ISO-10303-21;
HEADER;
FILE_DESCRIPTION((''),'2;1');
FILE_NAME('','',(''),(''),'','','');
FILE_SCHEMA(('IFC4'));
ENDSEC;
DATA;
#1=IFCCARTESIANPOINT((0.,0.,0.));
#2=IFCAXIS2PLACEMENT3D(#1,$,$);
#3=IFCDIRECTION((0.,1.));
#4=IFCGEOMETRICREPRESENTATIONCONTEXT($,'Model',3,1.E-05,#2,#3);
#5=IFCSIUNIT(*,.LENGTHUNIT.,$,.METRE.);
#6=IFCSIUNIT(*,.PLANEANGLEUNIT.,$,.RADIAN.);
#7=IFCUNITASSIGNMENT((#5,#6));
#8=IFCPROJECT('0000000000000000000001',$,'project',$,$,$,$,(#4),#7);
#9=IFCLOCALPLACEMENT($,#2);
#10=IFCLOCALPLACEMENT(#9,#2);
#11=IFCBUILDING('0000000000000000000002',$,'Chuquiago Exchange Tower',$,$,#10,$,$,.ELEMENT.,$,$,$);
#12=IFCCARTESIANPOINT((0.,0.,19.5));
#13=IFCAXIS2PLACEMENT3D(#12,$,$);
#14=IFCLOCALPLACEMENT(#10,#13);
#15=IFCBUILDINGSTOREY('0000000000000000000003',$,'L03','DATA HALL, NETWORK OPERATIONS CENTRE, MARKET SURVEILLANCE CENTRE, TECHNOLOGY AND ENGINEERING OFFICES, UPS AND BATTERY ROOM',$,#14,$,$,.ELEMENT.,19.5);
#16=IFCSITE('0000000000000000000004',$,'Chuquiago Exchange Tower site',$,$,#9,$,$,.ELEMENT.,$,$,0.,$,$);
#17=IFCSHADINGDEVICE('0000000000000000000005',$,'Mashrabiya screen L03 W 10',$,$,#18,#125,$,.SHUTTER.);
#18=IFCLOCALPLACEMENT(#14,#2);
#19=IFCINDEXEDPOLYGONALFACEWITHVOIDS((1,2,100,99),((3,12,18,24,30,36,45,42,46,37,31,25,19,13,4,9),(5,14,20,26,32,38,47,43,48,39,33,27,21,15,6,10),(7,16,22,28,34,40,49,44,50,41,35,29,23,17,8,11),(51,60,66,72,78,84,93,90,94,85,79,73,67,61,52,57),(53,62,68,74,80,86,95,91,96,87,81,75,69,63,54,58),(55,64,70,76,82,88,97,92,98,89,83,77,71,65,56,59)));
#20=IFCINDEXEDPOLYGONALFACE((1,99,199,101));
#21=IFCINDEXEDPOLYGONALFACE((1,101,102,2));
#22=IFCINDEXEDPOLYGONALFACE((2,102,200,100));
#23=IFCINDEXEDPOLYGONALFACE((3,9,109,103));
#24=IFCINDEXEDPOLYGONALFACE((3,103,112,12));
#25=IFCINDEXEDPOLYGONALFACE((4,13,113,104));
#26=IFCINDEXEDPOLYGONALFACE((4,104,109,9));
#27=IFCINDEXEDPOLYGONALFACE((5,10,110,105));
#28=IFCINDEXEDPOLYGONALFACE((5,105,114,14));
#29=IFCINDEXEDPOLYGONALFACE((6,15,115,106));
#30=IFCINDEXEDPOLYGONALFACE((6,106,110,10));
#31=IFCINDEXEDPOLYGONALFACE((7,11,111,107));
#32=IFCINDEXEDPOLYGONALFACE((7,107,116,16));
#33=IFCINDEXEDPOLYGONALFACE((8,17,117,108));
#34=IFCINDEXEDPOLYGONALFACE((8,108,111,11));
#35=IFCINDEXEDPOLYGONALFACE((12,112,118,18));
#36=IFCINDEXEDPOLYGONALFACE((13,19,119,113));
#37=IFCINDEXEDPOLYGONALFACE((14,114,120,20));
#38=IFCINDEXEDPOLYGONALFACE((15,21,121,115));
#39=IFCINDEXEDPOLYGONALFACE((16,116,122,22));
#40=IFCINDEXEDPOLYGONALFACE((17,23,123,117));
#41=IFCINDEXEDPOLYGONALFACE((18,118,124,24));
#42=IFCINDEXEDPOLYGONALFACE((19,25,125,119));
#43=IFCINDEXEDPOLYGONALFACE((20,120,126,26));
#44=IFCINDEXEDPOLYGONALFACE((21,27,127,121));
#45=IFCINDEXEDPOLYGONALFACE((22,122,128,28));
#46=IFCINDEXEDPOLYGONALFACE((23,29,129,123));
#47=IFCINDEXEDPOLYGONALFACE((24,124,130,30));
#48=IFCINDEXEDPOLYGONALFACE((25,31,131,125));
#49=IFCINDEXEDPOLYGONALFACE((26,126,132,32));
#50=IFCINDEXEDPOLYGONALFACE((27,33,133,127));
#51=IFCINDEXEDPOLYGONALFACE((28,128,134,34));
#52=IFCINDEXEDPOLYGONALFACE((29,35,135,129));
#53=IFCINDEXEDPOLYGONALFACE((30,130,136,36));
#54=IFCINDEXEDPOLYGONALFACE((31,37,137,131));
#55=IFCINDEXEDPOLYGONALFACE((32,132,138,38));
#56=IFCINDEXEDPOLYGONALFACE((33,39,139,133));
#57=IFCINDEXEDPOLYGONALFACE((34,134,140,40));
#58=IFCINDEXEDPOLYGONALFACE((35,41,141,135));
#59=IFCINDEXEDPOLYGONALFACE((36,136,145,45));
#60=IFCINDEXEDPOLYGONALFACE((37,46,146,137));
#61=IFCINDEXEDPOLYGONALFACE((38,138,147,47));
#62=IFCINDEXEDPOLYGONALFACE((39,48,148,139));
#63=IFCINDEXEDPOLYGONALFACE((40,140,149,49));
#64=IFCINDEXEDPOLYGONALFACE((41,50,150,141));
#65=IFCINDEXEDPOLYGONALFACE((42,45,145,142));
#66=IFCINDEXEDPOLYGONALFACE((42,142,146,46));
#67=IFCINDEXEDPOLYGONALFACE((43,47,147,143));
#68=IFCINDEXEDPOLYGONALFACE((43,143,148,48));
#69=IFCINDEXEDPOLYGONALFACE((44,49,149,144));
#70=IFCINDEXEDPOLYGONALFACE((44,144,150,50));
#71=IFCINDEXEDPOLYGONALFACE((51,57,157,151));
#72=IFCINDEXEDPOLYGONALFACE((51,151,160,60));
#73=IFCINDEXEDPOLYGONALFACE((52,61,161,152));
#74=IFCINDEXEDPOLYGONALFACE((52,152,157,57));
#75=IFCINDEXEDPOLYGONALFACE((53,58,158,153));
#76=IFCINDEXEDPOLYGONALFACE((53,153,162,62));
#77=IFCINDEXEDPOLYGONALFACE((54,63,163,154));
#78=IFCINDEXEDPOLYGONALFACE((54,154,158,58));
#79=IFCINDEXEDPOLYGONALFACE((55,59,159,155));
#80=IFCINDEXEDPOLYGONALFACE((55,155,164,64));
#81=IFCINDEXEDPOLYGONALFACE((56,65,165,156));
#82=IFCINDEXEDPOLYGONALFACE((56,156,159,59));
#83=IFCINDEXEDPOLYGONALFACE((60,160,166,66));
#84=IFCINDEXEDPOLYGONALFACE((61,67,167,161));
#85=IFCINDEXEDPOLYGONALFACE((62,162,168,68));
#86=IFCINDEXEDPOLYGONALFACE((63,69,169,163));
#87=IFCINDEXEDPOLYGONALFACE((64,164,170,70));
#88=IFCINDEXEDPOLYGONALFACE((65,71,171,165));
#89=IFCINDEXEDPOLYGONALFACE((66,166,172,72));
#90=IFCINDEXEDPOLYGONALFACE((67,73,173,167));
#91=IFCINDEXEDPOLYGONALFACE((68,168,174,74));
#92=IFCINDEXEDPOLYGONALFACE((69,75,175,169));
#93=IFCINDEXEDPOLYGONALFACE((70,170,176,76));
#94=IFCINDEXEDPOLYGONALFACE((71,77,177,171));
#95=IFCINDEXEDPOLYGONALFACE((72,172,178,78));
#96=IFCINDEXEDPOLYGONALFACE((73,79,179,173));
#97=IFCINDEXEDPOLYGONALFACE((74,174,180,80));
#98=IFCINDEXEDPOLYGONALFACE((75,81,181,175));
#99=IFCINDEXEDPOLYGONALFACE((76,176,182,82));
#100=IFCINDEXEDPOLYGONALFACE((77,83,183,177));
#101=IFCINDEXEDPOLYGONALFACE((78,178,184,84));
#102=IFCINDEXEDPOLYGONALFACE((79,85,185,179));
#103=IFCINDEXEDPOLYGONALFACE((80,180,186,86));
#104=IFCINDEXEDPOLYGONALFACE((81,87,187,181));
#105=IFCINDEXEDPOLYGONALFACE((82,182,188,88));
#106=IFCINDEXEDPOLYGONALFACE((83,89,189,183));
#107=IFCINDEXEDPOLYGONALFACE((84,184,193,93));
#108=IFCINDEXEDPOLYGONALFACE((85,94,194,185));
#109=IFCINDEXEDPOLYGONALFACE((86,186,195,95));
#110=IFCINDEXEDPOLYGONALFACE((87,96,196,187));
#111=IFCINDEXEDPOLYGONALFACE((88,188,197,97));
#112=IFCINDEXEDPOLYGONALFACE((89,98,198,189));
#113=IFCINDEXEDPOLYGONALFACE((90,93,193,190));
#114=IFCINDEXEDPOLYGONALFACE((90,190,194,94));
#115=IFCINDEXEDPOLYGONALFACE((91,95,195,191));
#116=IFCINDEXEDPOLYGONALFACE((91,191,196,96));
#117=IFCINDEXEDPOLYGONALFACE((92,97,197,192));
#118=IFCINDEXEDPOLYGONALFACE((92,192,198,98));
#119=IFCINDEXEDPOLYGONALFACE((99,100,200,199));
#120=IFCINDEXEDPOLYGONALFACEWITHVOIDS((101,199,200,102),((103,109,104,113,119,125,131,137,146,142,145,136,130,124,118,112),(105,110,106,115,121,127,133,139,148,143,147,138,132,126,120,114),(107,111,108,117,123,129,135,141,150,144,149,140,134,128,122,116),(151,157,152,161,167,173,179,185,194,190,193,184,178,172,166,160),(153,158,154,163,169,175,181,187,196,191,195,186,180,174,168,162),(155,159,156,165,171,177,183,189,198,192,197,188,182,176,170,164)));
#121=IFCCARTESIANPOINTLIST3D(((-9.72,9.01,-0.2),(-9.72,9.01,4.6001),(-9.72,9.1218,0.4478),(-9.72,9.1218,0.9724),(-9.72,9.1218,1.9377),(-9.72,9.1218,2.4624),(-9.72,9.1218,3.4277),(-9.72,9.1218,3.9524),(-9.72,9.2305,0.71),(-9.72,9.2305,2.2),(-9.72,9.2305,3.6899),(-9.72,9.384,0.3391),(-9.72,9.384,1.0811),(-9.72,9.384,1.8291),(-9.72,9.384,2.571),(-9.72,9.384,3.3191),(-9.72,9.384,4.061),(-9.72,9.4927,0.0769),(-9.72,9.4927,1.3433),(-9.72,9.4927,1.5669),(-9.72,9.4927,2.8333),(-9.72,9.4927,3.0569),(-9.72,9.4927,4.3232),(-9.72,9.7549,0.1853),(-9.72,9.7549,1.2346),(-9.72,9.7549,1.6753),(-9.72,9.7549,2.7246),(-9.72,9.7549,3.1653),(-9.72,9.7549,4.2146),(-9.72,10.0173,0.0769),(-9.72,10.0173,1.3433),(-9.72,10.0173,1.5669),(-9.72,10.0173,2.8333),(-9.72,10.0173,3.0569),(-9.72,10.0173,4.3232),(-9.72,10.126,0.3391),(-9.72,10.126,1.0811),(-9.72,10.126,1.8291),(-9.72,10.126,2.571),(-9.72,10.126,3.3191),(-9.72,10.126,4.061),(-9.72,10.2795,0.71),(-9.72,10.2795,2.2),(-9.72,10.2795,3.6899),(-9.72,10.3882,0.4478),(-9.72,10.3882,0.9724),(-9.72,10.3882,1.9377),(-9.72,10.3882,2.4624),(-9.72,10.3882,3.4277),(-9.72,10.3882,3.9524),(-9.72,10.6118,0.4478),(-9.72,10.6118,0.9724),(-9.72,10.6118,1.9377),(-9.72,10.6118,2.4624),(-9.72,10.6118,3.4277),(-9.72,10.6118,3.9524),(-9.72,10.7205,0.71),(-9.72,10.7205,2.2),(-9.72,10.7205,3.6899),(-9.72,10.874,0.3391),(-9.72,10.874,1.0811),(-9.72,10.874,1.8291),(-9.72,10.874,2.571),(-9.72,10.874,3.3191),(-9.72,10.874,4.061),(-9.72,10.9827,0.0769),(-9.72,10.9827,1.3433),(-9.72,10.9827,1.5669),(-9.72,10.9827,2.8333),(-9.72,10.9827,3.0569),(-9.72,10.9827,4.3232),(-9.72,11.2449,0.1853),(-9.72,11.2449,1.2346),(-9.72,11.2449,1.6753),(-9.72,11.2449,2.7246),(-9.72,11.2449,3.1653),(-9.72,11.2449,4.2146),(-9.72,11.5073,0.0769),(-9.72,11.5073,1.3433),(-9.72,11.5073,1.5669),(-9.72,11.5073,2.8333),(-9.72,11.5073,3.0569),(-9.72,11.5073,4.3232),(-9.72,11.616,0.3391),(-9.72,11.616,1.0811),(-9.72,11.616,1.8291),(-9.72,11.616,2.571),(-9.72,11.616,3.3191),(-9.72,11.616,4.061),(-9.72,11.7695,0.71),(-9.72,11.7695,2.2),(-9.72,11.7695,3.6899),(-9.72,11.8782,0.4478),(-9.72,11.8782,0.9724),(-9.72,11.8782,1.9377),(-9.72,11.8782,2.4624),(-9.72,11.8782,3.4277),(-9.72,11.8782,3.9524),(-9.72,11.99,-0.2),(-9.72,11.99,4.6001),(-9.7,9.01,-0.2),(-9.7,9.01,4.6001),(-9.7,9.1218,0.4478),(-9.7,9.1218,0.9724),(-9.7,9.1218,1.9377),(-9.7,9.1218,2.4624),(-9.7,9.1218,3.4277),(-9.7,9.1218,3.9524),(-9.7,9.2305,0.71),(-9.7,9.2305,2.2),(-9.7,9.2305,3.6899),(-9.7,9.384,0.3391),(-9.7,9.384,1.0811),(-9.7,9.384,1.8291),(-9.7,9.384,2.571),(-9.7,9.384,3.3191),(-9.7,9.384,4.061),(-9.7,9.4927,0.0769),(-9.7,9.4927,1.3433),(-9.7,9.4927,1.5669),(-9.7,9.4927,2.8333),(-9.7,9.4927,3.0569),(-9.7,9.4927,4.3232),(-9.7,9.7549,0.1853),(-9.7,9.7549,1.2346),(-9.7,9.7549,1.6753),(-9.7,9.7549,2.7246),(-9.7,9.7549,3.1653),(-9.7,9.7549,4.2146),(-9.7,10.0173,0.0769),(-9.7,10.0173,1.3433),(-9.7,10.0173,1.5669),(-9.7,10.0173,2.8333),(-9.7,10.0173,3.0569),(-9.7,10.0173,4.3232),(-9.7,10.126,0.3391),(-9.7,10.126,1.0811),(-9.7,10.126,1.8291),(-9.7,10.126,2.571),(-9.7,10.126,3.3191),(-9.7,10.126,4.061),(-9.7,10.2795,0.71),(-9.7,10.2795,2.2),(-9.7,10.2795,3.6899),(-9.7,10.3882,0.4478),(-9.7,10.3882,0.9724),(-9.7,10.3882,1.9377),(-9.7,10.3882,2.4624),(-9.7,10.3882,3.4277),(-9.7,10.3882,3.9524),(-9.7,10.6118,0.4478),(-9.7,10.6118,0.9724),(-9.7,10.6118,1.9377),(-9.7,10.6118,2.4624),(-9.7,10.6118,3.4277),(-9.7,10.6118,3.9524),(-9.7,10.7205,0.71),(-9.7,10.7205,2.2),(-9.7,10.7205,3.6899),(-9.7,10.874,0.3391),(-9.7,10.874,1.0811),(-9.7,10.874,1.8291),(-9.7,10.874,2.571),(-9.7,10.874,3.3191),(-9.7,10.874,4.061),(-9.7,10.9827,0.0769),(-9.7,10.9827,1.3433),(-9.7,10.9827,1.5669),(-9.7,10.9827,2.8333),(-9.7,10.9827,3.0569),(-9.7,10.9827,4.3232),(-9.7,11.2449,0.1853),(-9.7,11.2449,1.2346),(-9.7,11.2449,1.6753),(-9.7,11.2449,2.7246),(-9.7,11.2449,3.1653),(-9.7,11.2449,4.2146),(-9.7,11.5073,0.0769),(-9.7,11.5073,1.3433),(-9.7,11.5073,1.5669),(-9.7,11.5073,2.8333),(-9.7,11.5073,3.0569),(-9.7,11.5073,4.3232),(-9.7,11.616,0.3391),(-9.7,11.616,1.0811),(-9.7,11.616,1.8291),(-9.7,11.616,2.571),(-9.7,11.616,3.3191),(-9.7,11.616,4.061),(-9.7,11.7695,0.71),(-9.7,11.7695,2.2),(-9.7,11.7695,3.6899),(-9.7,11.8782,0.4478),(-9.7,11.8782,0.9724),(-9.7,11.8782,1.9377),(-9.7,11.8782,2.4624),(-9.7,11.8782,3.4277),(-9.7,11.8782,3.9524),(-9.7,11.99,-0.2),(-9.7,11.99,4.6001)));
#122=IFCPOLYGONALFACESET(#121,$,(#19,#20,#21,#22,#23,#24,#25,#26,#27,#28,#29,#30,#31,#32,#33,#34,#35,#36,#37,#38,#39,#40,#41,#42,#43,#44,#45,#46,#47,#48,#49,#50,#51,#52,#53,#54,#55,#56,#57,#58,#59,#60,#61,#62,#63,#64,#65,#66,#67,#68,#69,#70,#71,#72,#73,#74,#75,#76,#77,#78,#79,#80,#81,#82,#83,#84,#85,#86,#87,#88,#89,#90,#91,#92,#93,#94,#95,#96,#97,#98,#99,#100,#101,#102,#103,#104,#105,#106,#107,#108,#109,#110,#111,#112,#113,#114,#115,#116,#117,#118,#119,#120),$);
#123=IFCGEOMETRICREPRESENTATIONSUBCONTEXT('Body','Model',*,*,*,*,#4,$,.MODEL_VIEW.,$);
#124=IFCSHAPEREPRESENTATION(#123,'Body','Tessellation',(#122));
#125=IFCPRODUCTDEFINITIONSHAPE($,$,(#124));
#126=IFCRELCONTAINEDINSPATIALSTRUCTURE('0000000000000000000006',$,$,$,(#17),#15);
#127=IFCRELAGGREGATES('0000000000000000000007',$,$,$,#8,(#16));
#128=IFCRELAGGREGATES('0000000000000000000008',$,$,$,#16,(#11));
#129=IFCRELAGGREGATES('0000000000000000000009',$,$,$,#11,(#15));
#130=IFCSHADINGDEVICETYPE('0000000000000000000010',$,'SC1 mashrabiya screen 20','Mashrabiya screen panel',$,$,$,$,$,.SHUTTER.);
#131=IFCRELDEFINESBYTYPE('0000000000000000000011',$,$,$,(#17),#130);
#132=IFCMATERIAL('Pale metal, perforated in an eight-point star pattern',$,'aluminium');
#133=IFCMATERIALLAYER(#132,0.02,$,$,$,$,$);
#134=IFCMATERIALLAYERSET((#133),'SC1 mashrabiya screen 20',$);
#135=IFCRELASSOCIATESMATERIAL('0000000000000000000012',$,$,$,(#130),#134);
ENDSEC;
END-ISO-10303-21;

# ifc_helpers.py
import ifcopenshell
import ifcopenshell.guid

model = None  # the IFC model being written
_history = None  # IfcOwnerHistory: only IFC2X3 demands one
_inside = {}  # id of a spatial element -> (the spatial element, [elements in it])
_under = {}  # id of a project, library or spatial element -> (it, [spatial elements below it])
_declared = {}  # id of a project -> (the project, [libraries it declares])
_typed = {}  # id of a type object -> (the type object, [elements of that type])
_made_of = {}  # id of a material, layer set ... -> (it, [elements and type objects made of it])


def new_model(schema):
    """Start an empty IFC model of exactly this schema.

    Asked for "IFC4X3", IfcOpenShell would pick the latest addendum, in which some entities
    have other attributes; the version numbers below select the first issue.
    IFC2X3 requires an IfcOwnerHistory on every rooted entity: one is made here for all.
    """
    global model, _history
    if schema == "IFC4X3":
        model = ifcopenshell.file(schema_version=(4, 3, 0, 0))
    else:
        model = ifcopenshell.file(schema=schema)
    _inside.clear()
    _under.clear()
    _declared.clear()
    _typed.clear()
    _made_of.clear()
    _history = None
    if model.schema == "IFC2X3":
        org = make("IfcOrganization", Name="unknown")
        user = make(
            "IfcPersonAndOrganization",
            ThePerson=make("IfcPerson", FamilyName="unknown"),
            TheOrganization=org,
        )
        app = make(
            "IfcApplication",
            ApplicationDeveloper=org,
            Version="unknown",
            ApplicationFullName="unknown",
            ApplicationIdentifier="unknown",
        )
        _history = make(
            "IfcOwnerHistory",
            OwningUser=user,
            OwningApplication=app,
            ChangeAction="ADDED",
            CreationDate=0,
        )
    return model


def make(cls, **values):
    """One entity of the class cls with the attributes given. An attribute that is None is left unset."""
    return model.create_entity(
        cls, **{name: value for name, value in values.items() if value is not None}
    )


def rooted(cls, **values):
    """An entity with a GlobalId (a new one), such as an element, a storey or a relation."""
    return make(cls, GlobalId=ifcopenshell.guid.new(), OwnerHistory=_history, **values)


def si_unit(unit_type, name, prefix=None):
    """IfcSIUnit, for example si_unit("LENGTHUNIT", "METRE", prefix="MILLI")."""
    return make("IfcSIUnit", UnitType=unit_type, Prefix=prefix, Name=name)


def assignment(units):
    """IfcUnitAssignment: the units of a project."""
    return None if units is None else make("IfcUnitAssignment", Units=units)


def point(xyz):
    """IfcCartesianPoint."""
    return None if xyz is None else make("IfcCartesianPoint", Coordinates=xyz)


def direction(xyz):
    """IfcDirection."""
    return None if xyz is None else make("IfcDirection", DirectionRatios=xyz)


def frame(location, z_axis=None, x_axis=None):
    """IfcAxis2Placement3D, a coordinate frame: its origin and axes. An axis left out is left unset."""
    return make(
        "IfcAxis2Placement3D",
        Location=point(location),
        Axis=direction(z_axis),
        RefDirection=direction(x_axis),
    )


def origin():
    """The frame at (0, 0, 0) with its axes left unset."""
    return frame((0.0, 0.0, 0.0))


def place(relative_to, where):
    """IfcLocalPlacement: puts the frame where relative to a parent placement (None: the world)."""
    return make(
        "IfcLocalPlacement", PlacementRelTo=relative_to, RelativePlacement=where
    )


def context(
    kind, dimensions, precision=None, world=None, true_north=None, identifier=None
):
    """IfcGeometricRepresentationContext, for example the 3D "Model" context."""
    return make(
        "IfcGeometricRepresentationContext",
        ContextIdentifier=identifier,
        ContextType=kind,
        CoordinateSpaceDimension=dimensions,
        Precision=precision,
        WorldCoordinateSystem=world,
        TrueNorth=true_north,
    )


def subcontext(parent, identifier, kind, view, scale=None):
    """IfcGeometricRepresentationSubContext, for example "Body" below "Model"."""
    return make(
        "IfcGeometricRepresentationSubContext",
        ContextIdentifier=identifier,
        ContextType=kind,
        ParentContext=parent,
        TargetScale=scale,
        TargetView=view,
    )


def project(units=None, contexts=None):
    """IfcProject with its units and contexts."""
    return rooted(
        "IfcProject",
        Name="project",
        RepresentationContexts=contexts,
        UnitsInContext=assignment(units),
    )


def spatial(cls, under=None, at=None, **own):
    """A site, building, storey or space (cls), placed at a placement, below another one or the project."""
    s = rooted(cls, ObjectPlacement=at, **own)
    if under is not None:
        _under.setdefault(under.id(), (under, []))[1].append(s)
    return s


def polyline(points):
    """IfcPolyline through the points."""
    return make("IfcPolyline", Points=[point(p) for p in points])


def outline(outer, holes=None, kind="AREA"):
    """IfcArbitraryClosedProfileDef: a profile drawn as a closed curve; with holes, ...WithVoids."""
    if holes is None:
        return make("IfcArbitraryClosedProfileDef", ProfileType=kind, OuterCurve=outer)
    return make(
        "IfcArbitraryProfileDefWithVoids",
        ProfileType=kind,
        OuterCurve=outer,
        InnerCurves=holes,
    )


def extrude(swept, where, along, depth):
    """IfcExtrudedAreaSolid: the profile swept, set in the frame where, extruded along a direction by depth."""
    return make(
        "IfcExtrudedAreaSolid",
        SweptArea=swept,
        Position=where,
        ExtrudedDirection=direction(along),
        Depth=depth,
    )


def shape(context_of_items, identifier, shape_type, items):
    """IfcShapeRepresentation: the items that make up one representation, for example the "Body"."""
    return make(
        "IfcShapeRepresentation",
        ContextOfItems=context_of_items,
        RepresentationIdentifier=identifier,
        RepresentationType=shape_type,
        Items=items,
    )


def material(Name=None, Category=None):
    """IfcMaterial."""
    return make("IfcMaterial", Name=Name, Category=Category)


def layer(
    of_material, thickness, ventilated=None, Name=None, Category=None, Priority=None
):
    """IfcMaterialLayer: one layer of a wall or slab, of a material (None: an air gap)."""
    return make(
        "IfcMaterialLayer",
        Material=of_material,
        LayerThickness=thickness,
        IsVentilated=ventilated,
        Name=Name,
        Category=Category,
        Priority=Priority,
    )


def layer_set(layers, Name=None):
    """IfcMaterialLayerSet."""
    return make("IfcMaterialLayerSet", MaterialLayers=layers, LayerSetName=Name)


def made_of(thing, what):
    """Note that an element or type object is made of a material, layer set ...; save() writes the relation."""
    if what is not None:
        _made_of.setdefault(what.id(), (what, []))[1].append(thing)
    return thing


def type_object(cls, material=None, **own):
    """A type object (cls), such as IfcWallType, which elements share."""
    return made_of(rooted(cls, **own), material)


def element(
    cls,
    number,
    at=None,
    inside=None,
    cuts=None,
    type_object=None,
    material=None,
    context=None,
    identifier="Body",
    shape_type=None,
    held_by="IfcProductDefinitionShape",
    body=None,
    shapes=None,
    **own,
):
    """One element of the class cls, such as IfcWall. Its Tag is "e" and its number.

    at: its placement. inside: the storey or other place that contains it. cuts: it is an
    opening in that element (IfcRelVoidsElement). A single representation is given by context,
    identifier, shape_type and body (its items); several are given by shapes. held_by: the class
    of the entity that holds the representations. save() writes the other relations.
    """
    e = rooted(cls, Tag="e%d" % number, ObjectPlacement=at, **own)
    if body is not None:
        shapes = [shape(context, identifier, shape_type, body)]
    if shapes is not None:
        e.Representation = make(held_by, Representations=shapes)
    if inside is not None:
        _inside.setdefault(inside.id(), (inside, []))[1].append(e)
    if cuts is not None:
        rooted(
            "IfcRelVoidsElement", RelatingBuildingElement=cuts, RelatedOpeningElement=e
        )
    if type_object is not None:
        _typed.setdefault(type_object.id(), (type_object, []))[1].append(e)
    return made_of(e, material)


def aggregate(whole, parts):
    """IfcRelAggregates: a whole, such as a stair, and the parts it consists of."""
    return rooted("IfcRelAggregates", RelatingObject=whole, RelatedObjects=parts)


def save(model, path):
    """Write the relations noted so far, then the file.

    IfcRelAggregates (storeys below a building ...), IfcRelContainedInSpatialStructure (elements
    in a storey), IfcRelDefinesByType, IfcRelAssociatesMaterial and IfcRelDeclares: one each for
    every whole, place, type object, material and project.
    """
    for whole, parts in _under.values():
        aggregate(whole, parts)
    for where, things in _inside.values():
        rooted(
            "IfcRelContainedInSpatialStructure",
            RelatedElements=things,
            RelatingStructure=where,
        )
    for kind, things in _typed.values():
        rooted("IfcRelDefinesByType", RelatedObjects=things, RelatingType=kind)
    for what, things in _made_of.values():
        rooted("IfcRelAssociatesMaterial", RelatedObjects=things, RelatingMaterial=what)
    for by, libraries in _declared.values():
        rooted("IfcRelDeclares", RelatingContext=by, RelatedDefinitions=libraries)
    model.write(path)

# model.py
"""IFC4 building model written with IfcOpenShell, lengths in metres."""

from ifc_helpers import new_model, si_unit, direction, frame, origin, place, context, subcontext, project, spatial, polyline, outline, extrude, material, layer, layer_set, type_object, element, save


model = new_model("IFC4")

# Units and contexts
model_context = context("Model", 3, precision=1e-05, world=origin(), true_north=direction((0.0, 1.0)))
body_context = subcontext(model_context, "Body", "Model", "MODEL_VIEW")
ifc_project = project(units=[si_unit("LENGTHUNIT", "METRE"), si_unit("PLANEANGLEUNIT", "RADIAN")], contexts=[model_context])

# Site, building, storey
site_placement = place(None, origin())
site = spatial("IfcSite", under=ifc_project, at=site_placement, Name="Chuquiago Exchange Tower site", CompositionType="ELEMENT", RefElevation=0.0)
building_placement = place(site_placement, origin())
building = spatial("IfcBuilding", under=site, at=building_placement, Name="Chuquiago Exchange Tower", CompositionType="ELEMENT")
storey_placement = place(building_placement, frame((0.0, 0.0, 19.5)))
storey = spatial("IfcBuildingStorey", under=building, at=storey_placement, Name="L03", Description="DATA HALL, NETWORK OPERATIONS CENTRE, MARKET SURVEILLANCE CENTRE, TECHNOLOGY AND ENGINEERING OFFICES, UPS AND BATTERY ROOM", CompositionType="ELEMENT", Elevation=19.5)

# Shading device
ifc_material_1 = material(Name="Pale metal, perforated in an eight-point star pattern", Category="aluminium")
ifc_layer_1 = layer(ifc_material_1, 0.02)
ifc_layer_set_1 = layer_set([ifc_layer_1], Name="SC1 mashrabiya screen 20")
shading_device_type = type_object("IfcShadingDeviceType", Name="SC1 mashrabiya screen 20", Description="Mashrabiya screen panel", PredefinedType="SHUTTER", material=ifc_layer_set_1)
shading_device_1_placement = place(storey_placement, frame((-9.7, 11.99, -0.2), z_axis=(0.0, 0.0, 1.0), x_axis=(0.0, -1.0, 0.0)))
element("IfcShadingDevice", 1, at=shading_device_1_placement, inside=storey, type_object=shading_device_type, Name="Mashrabiya screen L03 W 10", PredefinedType="SHUTTER", context=body_context, shape_type="SweptSolid", body=[
    extrude(outline(polyline([(0.0, 0.0), (2.98, 0.0), (2.98, 4.8), (0.0, 4.8), (0.0, 0.0)]), holes=[polyline([(1.2695, 0.9099), (1.3782, 1.1724), (1.116, 1.281), (1.0073, 1.5432), (0.7451, 1.4346), (0.4827, 1.5432), (0.374, 1.281), (0.1118, 1.1724), (0.2205, 0.9099), (0.1118, 0.6477), (0.374, 0.5391), (0.4827, 0.2769), (0.7451, 0.3853), (1.0073, 0.2769), (1.116, 0.5391), (1.3782, 0.6477), (1.2695, 0.9099)]), polyline([(2.7595, 0.9099), (2.8682, 1.1724), (2.606, 1.281), (2.4973, 1.5432), (2.2351, 1.4346), (1.9727, 1.5432), (1.864, 1.281), (1.6018, 1.1724), (1.7104, 0.9099), (1.6018, 0.6477), (1.864, 0.5391), (1.9727, 0.2769), (2.2351, 0.3853), (2.4973, 0.2769), (2.606, 0.5391), (2.8682, 0.6477), (2.7595, 0.9099)]), polyline([(1.2695, 2.3999), (1.3782, 2.6624), (1.116, 2.771), (1.0073, 3.0332), (0.7451, 2.9246), (0.4827, 3.0332), (0.374, 2.771), (0.1118, 2.6624), (0.2205, 2.3999), (0.1118, 2.1377), (0.374, 2.0291), (0.4827, 1.7668), (0.7451, 1.8752), (1.0073, 1.7668), (1.116, 2.0291), (1.3782, 2.1377), (1.2695, 2.3999)]), polyline([(2.7595, 2.3999), (2.8682, 2.6624), (2.606, 2.771), (2.4973, 3.0332), (2.2351, 2.9246), (1.9727, 3.0332), (1.864, 2.771), (1.6018, 2.6624), (1.7104, 2.3999), (1.6018, 2.1377), (1.864, 2.0291), (1.9727, 1.7668), (2.2351, 1.8752), (2.4973, 1.7668), (2.606, 2.0291), (2.8682, 2.1377), (2.7595, 2.3999)]), polyline([(1.2695, 3.8899), (1.3782, 4.1523), (1.116, 4.261), (1.0073, 4.5232), (0.7451, 4.4146), (0.4827, 4.5232), (0.374, 4.261), (0.1118, 4.1523), (0.2205, 3.8899), (0.1118, 3.6277), (0.374, 3.519), (0.4827, 3.2568), (0.7451, 3.3652), (1.0073, 3.2568), (1.116, 3.519), (1.3782, 3.6277), (1.2695, 3.8899)]), polyline([(2.7595, 3.8899), (2.8682, 4.1523), (2.606, 4.261), (2.4973, 4.5232), (2.2351, 4.4146), (1.9727, 4.5232), (1.864, 4.261), (1.6018, 4.1523), (1.7104, 3.8899), (1.6018, 3.6277), (1.864, 3.519), (1.9727, 3.2568), (2.2351, 3.3652), (2.4973, 3.2568), (2.606, 3.519), (2.8682, 3.6277), (2.7595, 3.8899)])]), frame((0.0, 0.0, 0.0), z_axis=(0.0, -1.0, 0.0), x_axis=(1.0, 0.0, 0.0)), (0.0, 0.0, 1.0), 0.02),
])

save(model, "model.ifc")
